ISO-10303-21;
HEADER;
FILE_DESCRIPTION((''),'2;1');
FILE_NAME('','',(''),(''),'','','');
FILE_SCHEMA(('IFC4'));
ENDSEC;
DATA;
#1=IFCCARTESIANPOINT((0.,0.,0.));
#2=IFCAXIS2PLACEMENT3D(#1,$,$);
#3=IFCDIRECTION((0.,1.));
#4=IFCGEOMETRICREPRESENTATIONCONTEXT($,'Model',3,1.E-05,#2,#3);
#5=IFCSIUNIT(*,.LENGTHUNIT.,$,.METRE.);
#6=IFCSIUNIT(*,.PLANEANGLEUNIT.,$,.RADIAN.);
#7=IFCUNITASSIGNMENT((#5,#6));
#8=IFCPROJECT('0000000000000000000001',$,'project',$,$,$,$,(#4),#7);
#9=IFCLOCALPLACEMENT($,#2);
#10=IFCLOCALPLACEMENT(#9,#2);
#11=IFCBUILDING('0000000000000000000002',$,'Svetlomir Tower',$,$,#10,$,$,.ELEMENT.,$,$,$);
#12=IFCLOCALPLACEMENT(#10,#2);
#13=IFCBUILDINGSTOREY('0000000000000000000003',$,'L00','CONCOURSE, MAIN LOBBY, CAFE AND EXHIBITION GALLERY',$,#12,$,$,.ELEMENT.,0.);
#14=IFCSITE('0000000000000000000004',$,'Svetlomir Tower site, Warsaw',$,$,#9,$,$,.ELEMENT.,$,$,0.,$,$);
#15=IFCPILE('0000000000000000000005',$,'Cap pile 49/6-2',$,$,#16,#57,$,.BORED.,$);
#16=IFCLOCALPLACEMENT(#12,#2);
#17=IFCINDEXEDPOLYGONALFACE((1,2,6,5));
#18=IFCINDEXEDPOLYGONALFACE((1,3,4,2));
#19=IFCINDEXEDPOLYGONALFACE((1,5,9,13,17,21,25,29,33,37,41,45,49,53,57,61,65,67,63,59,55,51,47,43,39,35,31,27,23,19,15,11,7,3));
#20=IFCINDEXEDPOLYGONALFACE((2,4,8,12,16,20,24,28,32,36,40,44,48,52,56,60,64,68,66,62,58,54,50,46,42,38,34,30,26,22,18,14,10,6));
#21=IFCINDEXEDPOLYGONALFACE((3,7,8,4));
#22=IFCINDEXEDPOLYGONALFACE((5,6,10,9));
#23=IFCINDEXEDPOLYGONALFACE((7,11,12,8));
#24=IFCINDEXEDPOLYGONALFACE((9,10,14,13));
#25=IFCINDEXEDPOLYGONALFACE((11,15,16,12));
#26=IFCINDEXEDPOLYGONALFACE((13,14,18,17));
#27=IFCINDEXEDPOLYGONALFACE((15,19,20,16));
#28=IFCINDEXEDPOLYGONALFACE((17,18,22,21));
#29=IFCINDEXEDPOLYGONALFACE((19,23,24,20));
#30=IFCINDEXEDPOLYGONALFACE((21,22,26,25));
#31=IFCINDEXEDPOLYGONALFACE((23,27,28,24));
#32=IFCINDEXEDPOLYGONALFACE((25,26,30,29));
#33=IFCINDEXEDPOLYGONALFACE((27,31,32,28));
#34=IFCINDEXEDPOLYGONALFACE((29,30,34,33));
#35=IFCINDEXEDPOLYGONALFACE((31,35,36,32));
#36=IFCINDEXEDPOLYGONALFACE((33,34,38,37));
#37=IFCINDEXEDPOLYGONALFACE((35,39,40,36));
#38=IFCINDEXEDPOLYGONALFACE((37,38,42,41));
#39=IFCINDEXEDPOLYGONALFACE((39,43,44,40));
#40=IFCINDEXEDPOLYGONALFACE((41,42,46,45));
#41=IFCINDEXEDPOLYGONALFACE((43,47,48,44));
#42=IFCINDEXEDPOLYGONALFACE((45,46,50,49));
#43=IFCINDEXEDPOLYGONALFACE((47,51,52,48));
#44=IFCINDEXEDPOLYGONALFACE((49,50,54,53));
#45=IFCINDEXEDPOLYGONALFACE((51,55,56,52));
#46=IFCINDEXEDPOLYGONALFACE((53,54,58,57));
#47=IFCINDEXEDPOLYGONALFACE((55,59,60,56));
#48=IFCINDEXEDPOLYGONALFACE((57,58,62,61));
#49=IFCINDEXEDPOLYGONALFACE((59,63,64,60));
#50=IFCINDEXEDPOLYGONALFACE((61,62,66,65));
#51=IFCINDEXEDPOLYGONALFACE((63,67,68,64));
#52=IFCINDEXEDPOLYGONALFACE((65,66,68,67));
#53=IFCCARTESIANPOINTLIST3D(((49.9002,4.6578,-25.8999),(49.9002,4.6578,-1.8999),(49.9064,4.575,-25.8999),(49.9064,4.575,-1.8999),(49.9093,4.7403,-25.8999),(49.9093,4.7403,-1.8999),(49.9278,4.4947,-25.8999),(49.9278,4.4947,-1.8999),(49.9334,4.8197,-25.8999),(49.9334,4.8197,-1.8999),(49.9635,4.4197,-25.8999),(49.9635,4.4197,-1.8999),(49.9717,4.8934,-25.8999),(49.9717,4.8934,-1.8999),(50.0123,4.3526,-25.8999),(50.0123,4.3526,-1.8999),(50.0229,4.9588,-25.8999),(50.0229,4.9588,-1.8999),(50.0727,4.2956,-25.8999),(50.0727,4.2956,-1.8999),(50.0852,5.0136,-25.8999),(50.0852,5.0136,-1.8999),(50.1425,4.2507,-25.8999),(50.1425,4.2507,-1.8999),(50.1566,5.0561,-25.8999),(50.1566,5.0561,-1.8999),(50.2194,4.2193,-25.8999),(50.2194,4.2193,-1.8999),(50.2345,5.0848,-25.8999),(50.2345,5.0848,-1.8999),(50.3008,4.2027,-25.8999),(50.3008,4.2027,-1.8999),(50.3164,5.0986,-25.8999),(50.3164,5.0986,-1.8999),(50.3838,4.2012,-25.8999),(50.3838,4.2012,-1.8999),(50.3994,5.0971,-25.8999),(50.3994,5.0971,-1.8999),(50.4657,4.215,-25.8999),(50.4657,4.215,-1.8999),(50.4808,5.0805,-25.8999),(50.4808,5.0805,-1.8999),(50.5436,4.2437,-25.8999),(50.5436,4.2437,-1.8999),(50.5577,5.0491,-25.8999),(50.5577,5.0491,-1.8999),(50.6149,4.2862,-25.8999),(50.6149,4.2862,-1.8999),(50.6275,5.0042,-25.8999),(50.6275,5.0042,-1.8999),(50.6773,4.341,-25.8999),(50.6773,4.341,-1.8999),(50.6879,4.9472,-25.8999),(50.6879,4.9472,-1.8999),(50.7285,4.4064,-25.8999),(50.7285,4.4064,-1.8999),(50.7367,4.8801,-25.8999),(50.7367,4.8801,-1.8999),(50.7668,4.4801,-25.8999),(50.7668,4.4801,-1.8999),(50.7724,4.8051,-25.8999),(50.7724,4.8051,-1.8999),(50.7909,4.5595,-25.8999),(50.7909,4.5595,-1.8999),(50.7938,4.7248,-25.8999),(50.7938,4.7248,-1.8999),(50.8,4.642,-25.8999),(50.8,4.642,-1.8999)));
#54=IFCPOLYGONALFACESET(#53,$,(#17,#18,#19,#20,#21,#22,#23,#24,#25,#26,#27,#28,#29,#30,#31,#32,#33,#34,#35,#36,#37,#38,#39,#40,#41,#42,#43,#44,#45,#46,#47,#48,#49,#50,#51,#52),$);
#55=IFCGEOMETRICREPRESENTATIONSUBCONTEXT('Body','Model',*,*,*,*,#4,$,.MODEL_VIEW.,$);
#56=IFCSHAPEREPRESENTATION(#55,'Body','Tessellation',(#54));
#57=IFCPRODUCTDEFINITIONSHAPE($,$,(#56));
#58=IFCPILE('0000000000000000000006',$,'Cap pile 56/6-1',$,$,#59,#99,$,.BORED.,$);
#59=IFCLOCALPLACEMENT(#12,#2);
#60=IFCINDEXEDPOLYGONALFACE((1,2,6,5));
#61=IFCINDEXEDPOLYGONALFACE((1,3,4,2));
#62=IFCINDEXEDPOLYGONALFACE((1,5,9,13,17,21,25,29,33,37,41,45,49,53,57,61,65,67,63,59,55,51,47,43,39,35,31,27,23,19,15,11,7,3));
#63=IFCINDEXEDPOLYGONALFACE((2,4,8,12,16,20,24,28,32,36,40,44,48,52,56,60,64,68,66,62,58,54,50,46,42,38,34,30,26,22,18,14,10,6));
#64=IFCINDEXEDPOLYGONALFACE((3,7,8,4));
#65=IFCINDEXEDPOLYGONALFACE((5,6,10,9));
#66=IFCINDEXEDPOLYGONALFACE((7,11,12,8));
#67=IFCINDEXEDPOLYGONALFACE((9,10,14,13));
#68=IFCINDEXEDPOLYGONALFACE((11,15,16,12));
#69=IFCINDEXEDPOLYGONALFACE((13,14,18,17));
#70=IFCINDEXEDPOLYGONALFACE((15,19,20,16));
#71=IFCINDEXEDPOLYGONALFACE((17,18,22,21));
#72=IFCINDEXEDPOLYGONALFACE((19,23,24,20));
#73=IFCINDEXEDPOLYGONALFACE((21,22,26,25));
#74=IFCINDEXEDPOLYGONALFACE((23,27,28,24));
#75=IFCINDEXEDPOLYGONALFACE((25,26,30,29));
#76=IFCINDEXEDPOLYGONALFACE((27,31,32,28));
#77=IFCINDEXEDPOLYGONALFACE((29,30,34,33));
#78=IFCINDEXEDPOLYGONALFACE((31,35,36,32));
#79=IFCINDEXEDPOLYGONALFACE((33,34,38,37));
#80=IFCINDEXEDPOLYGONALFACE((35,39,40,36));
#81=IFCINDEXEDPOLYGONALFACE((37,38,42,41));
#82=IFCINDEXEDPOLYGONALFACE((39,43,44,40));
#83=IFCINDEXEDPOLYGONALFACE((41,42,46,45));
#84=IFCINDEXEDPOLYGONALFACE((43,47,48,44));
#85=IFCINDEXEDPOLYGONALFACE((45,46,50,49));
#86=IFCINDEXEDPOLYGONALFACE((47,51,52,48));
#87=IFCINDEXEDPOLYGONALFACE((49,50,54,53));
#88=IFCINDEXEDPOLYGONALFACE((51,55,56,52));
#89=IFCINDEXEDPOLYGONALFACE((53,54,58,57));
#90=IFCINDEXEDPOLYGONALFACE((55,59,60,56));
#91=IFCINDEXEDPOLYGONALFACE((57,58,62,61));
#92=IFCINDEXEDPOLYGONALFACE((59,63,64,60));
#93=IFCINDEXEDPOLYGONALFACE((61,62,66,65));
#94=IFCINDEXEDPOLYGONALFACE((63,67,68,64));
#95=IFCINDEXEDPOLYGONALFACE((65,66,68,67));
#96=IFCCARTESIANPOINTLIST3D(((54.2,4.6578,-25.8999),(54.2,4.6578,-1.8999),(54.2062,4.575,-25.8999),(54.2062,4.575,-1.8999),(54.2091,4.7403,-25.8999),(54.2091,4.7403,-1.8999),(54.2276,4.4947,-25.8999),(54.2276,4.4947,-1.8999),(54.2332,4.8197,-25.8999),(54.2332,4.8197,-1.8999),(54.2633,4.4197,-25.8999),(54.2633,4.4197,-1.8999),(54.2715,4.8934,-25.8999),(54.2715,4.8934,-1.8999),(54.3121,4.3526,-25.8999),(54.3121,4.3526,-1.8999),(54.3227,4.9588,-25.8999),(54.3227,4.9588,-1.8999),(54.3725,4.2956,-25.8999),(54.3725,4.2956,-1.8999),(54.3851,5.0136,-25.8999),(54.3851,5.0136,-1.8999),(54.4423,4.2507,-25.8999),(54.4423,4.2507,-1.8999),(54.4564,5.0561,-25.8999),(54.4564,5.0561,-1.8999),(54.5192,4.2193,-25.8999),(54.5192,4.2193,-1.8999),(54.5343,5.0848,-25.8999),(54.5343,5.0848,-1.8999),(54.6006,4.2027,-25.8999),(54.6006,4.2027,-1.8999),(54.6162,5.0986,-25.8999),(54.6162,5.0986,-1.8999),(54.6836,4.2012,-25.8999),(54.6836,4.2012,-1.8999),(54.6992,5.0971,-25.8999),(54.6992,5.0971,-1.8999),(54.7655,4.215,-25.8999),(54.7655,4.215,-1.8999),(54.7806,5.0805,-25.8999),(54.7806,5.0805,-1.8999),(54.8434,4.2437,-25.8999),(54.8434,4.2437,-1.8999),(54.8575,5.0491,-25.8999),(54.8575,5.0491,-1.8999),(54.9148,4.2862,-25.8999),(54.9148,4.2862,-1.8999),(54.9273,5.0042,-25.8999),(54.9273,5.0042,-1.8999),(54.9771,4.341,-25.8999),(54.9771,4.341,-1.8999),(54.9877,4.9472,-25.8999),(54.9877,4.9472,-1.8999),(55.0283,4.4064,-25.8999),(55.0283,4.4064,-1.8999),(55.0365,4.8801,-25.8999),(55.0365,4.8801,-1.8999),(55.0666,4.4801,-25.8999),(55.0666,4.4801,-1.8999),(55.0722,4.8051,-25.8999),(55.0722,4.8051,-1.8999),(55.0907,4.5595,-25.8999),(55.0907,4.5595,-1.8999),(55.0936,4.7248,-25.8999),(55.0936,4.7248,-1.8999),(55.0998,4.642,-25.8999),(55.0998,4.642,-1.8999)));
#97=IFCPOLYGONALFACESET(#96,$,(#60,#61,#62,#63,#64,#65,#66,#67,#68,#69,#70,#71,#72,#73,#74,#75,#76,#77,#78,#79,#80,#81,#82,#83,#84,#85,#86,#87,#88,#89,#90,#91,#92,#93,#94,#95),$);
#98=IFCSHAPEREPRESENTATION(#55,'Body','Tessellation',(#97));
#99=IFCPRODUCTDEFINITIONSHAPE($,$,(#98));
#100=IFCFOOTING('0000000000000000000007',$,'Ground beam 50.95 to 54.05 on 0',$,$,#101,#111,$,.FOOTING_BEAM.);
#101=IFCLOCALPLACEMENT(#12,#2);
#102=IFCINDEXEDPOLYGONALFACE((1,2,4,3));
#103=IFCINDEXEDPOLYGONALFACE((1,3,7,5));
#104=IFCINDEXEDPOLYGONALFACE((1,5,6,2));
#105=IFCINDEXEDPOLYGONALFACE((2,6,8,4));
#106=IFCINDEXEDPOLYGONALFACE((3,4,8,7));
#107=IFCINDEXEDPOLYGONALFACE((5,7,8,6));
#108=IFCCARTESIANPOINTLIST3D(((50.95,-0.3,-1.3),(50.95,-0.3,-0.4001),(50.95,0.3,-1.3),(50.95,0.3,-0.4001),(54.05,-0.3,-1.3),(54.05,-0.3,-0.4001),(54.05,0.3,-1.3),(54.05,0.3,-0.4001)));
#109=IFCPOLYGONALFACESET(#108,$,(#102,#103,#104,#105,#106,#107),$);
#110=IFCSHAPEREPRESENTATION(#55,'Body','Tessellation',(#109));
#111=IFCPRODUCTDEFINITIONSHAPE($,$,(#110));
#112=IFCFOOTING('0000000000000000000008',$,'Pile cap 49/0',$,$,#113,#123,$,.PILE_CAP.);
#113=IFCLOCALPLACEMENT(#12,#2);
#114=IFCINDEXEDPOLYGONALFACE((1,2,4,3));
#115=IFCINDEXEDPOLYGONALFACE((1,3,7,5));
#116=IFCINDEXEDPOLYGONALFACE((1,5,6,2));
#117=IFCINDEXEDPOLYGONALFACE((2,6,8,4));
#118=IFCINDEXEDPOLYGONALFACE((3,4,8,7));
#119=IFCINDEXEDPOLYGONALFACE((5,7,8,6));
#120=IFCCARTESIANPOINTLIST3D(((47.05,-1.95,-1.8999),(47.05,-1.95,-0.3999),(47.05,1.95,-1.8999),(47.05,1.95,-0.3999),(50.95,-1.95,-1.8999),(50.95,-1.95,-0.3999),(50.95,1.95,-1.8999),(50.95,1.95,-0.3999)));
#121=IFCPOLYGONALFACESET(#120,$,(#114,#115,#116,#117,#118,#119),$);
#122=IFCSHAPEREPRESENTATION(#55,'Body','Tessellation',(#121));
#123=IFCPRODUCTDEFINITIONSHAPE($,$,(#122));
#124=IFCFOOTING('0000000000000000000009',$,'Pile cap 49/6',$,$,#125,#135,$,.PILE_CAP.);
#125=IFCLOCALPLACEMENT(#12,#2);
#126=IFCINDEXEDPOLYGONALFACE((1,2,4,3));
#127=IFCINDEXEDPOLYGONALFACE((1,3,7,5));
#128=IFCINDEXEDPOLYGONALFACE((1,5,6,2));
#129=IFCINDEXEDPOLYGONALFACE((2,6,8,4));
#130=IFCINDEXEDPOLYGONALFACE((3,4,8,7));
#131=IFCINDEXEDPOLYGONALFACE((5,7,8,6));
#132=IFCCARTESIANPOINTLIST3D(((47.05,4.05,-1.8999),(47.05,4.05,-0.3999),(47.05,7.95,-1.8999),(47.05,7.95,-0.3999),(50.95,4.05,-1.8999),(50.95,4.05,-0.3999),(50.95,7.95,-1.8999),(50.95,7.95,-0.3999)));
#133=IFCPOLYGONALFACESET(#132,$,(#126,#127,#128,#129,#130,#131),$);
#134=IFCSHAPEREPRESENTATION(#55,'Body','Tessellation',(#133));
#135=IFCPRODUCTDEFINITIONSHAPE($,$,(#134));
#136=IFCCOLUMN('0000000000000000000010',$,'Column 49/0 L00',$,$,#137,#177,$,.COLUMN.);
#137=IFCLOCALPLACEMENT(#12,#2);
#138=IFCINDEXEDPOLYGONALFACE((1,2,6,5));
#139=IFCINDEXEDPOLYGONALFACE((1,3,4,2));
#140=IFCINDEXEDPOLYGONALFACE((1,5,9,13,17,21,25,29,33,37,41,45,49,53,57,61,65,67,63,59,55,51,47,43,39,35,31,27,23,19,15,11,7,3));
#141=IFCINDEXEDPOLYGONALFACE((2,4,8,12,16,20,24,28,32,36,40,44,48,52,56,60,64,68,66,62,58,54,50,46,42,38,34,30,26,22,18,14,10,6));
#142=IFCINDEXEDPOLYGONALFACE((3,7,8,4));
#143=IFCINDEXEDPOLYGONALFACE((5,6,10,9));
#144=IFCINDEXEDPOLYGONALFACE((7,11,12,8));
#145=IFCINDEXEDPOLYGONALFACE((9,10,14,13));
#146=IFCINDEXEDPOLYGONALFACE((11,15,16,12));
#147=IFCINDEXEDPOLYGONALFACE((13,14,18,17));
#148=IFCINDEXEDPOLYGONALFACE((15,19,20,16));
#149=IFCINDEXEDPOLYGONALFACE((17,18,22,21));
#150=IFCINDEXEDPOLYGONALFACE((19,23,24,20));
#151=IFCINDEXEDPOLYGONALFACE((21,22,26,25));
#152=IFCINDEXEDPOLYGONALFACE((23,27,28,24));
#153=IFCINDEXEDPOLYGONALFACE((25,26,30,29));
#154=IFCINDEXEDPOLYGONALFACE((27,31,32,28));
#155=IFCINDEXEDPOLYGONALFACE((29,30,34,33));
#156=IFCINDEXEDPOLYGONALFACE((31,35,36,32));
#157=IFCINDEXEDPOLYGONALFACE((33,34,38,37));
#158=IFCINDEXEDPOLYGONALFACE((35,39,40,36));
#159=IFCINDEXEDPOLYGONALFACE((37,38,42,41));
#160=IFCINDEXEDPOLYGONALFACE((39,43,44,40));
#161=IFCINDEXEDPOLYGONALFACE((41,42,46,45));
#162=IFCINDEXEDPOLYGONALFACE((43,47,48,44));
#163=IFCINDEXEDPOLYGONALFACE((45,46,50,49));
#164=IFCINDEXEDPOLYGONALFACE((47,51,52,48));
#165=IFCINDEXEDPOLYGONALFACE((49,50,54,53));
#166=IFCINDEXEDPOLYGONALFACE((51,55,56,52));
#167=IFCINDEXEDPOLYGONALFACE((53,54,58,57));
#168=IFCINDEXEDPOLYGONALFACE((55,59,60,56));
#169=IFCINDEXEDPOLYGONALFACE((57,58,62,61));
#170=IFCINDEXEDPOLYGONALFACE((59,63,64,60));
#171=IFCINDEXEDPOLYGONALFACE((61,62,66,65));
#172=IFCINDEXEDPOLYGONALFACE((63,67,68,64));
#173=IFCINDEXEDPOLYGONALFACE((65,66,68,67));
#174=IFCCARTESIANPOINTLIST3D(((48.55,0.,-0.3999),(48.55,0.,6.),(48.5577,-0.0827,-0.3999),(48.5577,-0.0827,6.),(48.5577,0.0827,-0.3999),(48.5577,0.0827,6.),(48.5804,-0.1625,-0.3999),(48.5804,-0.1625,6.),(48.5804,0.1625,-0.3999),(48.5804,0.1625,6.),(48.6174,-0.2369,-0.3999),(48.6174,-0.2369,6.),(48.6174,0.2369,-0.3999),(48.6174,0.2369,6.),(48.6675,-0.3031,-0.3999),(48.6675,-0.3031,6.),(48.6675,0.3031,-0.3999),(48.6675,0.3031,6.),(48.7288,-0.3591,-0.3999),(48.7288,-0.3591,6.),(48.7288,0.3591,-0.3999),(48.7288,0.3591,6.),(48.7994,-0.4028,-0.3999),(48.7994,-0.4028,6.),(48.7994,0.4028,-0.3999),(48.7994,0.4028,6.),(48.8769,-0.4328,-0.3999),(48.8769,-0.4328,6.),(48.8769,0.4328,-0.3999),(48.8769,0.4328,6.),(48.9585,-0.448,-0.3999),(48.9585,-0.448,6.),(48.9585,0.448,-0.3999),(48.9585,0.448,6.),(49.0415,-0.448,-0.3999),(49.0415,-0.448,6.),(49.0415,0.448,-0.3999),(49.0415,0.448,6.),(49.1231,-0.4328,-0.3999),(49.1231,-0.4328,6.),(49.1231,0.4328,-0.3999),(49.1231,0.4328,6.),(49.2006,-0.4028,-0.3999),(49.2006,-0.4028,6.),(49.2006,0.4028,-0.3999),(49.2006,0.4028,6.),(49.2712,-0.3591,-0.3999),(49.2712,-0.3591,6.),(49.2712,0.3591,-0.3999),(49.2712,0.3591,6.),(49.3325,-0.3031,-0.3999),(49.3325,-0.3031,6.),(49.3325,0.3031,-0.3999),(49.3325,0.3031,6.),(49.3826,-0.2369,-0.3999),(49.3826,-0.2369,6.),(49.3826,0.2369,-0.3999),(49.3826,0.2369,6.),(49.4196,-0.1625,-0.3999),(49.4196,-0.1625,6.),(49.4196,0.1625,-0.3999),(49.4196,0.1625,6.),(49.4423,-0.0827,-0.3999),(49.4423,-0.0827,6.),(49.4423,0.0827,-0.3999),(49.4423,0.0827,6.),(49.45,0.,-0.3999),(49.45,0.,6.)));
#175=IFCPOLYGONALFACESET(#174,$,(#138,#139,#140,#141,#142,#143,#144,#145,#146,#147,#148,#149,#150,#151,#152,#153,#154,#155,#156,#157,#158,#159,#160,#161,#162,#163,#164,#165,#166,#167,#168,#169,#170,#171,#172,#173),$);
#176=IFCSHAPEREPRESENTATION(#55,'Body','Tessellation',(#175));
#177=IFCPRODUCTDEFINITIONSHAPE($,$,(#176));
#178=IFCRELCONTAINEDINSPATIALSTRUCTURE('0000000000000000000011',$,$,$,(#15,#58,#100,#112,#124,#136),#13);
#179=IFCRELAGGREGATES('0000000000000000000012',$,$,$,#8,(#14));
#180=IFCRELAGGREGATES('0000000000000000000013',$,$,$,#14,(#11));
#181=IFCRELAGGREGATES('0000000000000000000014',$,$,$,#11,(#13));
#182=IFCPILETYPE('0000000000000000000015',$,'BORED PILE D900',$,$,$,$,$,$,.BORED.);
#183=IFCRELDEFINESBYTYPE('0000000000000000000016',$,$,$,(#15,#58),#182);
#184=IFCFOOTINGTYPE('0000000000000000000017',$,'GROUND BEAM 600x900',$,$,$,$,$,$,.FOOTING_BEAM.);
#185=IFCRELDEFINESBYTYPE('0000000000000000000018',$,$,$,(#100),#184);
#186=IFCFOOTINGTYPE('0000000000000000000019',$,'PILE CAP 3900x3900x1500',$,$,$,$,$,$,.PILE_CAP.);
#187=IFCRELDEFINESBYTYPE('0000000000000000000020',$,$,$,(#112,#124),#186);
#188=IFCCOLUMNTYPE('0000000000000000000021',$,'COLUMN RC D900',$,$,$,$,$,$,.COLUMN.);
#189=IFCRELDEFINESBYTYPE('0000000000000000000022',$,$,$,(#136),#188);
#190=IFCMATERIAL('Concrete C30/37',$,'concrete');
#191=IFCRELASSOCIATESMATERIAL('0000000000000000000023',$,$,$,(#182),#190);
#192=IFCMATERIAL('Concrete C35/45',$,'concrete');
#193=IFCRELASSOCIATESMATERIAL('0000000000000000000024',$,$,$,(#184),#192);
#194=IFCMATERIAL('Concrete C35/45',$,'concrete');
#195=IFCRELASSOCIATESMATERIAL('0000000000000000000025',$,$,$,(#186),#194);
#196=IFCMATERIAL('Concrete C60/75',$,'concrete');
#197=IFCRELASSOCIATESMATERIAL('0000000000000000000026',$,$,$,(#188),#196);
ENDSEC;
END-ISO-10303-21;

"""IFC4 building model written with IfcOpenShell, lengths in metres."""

from ifc_helpers import new_model, si_unit, direction, frame, frame_2d, origin, origin_2d, place, context, subcontext, project, spatial, rectangle, circle, extrude, material, material_profile, profile_set, type_object, element, save


model = new_model("IFC4")

# Units and contexts
model_context = context("Model", 3, precision=1e-05, world=origin(), true_north=direction((0.0, 1.0)))
body_context = subcontext(model_context, "Body", "Model", "MODEL_VIEW")
ifc_project = project(units=[si_unit("LENGTHUNIT", "METRE"), si_unit("PLANEANGLEUNIT", "RADIAN")], contexts=[model_context])

# Site, building, storey
site_placement = place(None, origin())
site = spatial("IfcSite", under=ifc_project, at=site_placement, Name="Svetlomir Tower site, Warsaw", CompositionType="ELEMENT", RefElevation=0.0)
building_placement = place(site_placement, origin())
building = spatial("IfcBuilding", under=site, at=building_placement, Name="Svetlomir Tower", CompositionType="ELEMENT")
storey_placement = place(building_placement, origin())
storey = spatial("IfcBuildingStorey", under=building, at=storey_placement, Name="L00", Description="CONCOURSE, MAIN LOBBY, CAFE AND EXHIBITION GALLERY", CompositionType="ELEMENT", Elevation=0.0)

# Piles
ifc_material_1 = material(Name="Concrete C30/37", Category="concrete")
ifc_material_profile_1 = material_profile(ifc_material_1, circle(Radius=0.45, at=origin_2d()), Name="RC D900")
ifc_profile_set_1 = profile_set([ifc_material_profile_1], Name="Concrete C30/37")
pile_type = type_object("IfcPileType", Name="BORED PILE D900", PredefinedType="BORED", material=ifc_profile_set_1)
for number, where, z_axis, x_axis, name in (
    (1, (50.3501, 4.6499, -1.8999), (0.0, 0.0, -1.0), (1.0, 0.0, 0.0), "Cap pile 49/6-2"),
    (2, (54.6499, 4.6499, -1.8999), (0.0, 0.0, -1.0), (1.0, 0.0, 0.0), "Cap pile 56/6-1"),
):
    element("IfcPile", number, at=place(storey_placement, frame(where, z_axis=z_axis, x_axis=x_axis)), inside=storey, type_object=pile_type, Name=name, PredefinedType="BORED", context=body_context, shape_type="SweptSolid", body=[
        extrude(circle(Radius=0.45, at=frame_2d((0.0, 0.0), x_axis=(0.999848, 0.017452))), origin(), (0.0, 0.0, 1.0), 24.0),
    ])

# Footings
ifc_material_2 = material(Name="Concrete C35/45", Category="concrete")
footing_type_1 = type_object("IfcFootingType", Name="GROUND BEAM 600x900", PredefinedType="FOOTING_BEAM", material=ifc_material_2)
footing_placement = place(storey_placement, frame((52.5, 0.0, -1.3), z_axis=(0.0, 0.0, 1.0), x_axis=(1.0, 0.0, 0.0)))
element("IfcFooting", 3, at=footing_placement, inside=storey, type_object=footing_type_1, Name="Ground beam 50.95 to 54.05 on 0", PredefinedType="FOOTING_BEAM", context=body_context, shape_type="SweptSolid", body=[
    extrude(rectangle(XDim=3.1001, YDim=0.6001, at=origin_2d()), origin(), (0.0, 0.0, 1.0), 0.8999),
])
ifc_material_3 = material(Name="Concrete C35/45", Category="concrete")
footing_type_2 = type_object("IfcFootingType", Name="PILE CAP 3900x3900x1500", PredefinedType="PILE_CAP", material=ifc_material_3)
for number, where, z_axis, x_axis, name in (
    (4, (49.0, 0.0, -1.8999), (0.0, 0.0, 1.0), (1.0, 0.0, 0.0), "Pile cap 49/0"),
    (5, (49.0, 6.0, -1.8999), (0.0, 0.0, 1.0), (1.0, 0.0, 0.0), "Pile cap 49/6"),
):
    element("IfcFooting", number, at=place(storey_placement, frame(where, z_axis=z_axis, x_axis=x_axis)), inside=storey, type_object=footing_type_2, Name=name, PredefinedType="PILE_CAP", context=body_context, shape_type="SweptSolid", body=[
        extrude(rectangle(XDim=3.8999, YDim=3.8999, at=origin_2d()), origin(), (0.0, 0.0, 1.0), 1.5),
    ])

# Column
ifc_material_4 = material(Name="Concrete C60/75", Category="concrete")
ifc_material_profile_2 = material_profile(ifc_material_4, circle(Radius=0.45, at=origin_2d()), Name="RC D900")
ifc_profile_set_2 = profile_set([ifc_material_profile_2], Name="Concrete C60/75")
column_type = type_object("IfcColumnType", Name="COLUMN RC D900", PredefinedType="COLUMN", material=ifc_profile_set_2)
column_placement = place(storey_placement, frame((49.0, 0.0, -0.3999), z_axis=(0.0, 0.0, 1.0), x_axis=(1.0, 0.0, 0.0)))
element("IfcColumn", 6, at=column_placement, inside=storey, type_object=column_type, Name="Column 49/0 L00", PredefinedType="COLUMN", context=body_context, shape_type="SweptSolid", body=[
    extrude(circle(Radius=0.45, at=origin_2d()), origin(), (0.0, 0.0, 1.0), 6.3999),
])

save(model, "model.ifc")
